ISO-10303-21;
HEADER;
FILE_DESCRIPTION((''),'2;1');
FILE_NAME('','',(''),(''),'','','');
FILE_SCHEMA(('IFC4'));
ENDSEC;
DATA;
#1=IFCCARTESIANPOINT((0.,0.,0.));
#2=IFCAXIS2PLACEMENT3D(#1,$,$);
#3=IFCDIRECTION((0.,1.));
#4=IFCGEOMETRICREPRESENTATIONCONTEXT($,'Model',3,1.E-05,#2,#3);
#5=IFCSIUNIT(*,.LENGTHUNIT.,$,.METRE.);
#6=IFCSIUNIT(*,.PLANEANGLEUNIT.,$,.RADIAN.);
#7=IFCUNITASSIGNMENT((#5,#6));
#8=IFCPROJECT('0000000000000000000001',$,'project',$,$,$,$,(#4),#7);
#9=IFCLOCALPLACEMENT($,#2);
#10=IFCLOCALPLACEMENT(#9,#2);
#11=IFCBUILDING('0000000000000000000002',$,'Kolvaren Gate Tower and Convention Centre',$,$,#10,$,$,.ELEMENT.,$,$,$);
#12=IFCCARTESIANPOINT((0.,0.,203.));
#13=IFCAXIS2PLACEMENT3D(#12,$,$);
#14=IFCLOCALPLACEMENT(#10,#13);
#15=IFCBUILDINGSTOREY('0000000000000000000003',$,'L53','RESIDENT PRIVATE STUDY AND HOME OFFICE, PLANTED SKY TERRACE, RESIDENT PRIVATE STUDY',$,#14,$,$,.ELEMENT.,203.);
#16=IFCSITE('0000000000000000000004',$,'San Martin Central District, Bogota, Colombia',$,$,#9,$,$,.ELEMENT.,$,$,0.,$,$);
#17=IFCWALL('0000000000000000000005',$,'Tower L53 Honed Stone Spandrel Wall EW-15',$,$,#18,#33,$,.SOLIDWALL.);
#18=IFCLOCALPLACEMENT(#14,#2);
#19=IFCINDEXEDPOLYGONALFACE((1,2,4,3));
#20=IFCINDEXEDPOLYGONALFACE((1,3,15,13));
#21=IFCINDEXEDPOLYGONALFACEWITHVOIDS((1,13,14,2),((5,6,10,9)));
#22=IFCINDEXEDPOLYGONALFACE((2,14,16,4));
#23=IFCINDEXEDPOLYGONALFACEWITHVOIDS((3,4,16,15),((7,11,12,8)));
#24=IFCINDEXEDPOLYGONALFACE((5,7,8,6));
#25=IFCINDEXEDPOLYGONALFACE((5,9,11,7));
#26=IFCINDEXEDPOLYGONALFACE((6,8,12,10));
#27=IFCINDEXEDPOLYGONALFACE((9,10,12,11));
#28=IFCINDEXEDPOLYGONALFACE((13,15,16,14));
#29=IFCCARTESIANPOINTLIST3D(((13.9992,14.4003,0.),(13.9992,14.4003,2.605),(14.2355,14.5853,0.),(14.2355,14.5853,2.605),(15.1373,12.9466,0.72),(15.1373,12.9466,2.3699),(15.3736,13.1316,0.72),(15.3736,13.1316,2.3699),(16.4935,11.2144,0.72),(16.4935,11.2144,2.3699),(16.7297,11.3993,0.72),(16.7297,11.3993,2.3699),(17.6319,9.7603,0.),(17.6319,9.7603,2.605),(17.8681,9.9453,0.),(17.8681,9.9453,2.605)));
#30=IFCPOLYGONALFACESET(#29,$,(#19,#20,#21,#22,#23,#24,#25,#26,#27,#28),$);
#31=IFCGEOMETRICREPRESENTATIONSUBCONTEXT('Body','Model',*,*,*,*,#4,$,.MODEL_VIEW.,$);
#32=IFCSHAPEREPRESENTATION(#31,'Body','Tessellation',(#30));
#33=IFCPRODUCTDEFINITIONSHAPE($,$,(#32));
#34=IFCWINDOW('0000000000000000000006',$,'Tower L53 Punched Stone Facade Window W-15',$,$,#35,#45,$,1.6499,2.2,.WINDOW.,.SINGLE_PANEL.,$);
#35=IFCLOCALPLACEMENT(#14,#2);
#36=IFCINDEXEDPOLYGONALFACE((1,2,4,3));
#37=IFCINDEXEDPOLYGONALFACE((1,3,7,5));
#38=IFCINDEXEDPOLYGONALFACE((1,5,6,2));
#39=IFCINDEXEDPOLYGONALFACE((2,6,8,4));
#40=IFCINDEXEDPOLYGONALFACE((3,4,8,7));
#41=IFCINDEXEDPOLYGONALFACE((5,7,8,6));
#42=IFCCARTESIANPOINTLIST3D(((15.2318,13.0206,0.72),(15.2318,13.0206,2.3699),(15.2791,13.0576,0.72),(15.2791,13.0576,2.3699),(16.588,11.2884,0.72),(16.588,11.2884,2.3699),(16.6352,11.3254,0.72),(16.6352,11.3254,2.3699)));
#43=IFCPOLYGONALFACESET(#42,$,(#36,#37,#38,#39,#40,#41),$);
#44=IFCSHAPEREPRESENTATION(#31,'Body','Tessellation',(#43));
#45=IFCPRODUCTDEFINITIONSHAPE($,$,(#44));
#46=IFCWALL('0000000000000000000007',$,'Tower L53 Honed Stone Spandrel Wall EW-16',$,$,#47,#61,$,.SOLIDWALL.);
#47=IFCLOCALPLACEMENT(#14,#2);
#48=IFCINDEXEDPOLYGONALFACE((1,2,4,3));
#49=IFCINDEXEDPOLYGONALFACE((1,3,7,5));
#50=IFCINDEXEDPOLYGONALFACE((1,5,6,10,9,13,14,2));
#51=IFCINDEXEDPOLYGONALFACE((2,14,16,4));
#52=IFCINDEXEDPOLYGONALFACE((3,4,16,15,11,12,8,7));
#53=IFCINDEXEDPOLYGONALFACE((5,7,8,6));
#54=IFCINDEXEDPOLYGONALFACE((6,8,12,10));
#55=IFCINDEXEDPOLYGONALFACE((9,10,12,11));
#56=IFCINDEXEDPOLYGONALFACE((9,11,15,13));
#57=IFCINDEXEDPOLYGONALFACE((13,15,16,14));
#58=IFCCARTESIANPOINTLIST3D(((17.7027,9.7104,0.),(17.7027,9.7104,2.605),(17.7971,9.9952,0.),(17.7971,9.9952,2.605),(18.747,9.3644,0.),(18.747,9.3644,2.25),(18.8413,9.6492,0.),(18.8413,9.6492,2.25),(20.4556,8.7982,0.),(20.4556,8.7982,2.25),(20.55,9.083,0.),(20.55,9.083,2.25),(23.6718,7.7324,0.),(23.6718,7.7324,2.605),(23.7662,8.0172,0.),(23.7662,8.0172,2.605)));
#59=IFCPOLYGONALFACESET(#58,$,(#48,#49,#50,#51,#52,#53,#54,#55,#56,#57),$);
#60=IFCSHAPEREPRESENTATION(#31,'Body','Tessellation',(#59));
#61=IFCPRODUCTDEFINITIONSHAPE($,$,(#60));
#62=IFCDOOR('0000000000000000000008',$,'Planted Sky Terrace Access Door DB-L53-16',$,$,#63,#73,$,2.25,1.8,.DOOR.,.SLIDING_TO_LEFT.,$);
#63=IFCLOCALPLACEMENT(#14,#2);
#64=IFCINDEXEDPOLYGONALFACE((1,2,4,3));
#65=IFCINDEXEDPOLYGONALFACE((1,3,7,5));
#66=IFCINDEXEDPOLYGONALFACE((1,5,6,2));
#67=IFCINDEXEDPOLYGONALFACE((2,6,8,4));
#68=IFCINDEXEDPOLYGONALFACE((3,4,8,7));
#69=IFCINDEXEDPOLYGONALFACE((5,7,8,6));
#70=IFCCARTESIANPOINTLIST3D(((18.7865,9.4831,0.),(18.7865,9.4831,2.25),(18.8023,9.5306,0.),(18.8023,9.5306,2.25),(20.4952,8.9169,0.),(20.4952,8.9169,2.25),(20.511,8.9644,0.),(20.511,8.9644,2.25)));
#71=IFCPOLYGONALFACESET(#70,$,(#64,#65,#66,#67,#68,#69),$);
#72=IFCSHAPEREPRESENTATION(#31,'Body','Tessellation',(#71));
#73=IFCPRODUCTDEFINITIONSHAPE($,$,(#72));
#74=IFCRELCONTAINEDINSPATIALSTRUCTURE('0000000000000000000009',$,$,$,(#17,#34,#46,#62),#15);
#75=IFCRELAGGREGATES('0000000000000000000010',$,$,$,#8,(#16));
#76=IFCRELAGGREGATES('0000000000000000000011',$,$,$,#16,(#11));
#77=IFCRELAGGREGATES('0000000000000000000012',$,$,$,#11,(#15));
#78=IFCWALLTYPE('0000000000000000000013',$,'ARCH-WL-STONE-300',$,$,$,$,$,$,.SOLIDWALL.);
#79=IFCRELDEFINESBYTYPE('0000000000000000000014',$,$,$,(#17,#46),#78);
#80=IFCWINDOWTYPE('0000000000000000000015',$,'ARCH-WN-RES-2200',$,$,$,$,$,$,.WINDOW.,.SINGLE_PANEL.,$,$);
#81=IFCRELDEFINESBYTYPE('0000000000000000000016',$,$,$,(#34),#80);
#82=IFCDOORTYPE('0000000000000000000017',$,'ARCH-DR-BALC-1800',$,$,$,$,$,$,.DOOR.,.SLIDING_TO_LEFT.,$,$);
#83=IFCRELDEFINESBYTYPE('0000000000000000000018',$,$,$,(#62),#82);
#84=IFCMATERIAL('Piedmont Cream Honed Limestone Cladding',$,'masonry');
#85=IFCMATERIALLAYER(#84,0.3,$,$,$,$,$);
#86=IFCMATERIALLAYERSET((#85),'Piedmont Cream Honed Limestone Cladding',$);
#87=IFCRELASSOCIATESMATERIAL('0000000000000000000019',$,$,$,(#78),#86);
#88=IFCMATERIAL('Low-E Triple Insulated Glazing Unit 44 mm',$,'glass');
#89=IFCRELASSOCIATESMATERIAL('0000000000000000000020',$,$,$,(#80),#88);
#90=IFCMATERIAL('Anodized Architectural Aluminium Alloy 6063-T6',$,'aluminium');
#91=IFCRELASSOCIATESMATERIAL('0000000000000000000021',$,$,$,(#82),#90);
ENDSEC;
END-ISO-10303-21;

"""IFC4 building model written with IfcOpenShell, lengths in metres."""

from ifc_helpers import new_model, si_unit, direction, frame, frame_2d, origin, place, context, subcontext, project, spatial, rectangle, extrude, material, layer, layer_set, type_object, element, fill, save


model = new_model("IFC4")

# Units and contexts
model_context = context("Model", 3, precision=1e-05, world=origin(), true_north=direction((0.0, 1.0)))
body_context = subcontext(model_context, "Body", "Model", "MODEL_VIEW")
ifc_project = project(units=[si_unit("LENGTHUNIT", "METRE"), si_unit("PLANEANGLEUNIT", "RADIAN")], contexts=[model_context])

# Site, building, storey
site_placement = place(None, origin())
site = spatial("IfcSite", under=ifc_project, at=site_placement, Name="San Martin Central District, Bogota, Colombia", CompositionType="ELEMENT", RefElevation=0.0)
building_placement = place(site_placement, origin())
building = spatial("IfcBuilding", under=site, at=building_placement, Name="Kolvaren Gate Tower and Convention Centre", CompositionType="ELEMENT")
storey_placement = place(building_placement, frame((0.0, 0.0, 203.0)))
storey = spatial("IfcBuildingStorey", under=building, at=storey_placement, Name="L53", Description="RESIDENT PRIVATE STUDY AND HOME OFFICE, PLANTED SKY TERRACE, RESIDENT PRIVATE STUDY", CompositionType="ELEMENT", Elevation=203.0)

# Shared definitions
ifc_material_1 = material(Name="Piedmont Cream Honed Limestone Cladding", Category="masonry")

# Wall, opening, window
ifc_layer_1 = layer(ifc_material_1, 0.3)
ifc_layer_set_1 = layer_set([ifc_layer_1], Name="Piedmont Cream Honed Limestone Cladding")
wall_type_1 = type_object("IfcWallType", Name="ARCH-WL-STONE-300", PredefinedType="SOLIDWALL", material=ifc_layer_set_1)
wall_1_placement = place(storey_placement, frame((14.1174, 14.4927, 0.0), z_axis=(0.0, 0.0, 1.0), x_axis=(0.61645, -0.787394, 0.0)))
wall_1 = element("IfcWall", 1, at=wall_1_placement, inside=storey, type_object=wall_type_1, Name="Tower L53 Honed Stone Spandrel Wall EW-15", PredefinedType="SOLIDWALL", context=body_context, shape_type="SweptSolid", body=[
    extrude(rectangle(XDim=5.8928, YDim=0.3, at=frame_2d((2.9463, 0.0))), origin(), (0.0, 0.0, 1.0), 2.605),
])
opening_1_placement = place(wall_1_placement, frame((1.8459, 0.0, 0.72)))
opening_1 = element("IfcOpeningElement", 2, at=opening_1_placement, cuts=wall_1, PredefinedType="OPENING", context=body_context, shape_type="SweptSolid", body=[
    extrude(rectangle(XDim=2.2, YDim=1.6499, at=frame_2d((1.1001, 0.825))), frame((0.0, 0.1599, 0.0), z_axis=(0.0, -1.0, 0.0), x_axis=(1.0, 0.0, 0.0)), (0.0, 0.0, 1.0), 0.3201),
])
ifc_material_2 = material(Name="Low-E Triple Insulated Glazing Unit 44 mm", Category="glass")
window_type = type_object("IfcWindowType", Name="ARCH-WN-RES-2200", PartitioningType="SINGLE_PANEL", PredefinedType="WINDOW", material=ifc_material_2)
window_placement = place(opening_1_placement, origin())
window = element("IfcWindow", 3, at=window_placement, inside=storey, type_object=window_type, Name="Tower L53 Punched Stone Facade Window W-15", OverallHeight=1.6499, OverallWidth=2.2, PartitioningType="SINGLE_PANEL", PredefinedType="WINDOW", context=body_context, shape_type="SweptSolid", body=[
    extrude(rectangle(XDim=2.2, YDim=1.6499, at=frame_2d((1.1001, 0.825))), frame((0.0, 0.03, 0.0), z_axis=(0.0, -1.0, 0.0), x_axis=(1.0, 0.0, 0.0)), (0.0, 0.0, 1.0), 0.0601),
])
fill(opening_1, window)

# Wall, opening, door
wall_2_placement = place(storey_placement, frame((17.75, 9.8528, 0.0), z_axis=(0.0, 0.0, 1.0), x_axis=(0.949241, -0.31455, 0.0)))
wall_2 = element("IfcWall", 4, at=wall_2_placement, inside=storey, type_object=wall_type_1, Name="Tower L53 Honed Stone Spandrel Wall EW-16", PredefinedType="SOLIDWALL", context=body_context, shape_type="SweptSolid", body=[
    extrude(rectangle(XDim=6.2883, YDim=0.3, at=frame_2d((3.144, 0.0))), origin(), (0.0, 0.0, 1.0), 2.605),
])
opening_2_placement = place(wall_2_placement, frame((1.1001, 0.0, 0.0)))
opening_2 = element("IfcOpeningElement", 5, at=opening_2_placement, cuts=wall_2, PredefinedType="OPENING", context=body_context, shape_type="SweptSolid", body=[
    extrude(rectangle(XDim=1.8, YDim=2.25, at=frame_2d((0.8999, 1.125))), frame((0.0, 0.1599, 0.0), z_axis=(0.0, -1.0, 0.0), x_axis=(1.0, 0.0, 0.0)), (0.0, 0.0, 1.0), 0.3201),
])
ifc_material_3 = material(Name="Anodized Architectural Aluminium Alloy 6063-T6", Category="aluminium")
door_type = type_object("IfcDoorType", Name="ARCH-DR-BALC-1800", OperationType="SLIDING_TO_LEFT", PredefinedType="DOOR", material=ifc_material_3)
door_placement = place(opening_2_placement, frame((1.8, 0.0, 0.0), z_axis=(0.0, 0.0, 1.0), x_axis=(-1.0, 0.0, 0.0)))
door = element("IfcDoor", 6, at=door_placement, inside=storey, type_object=door_type, Name="Planted Sky Terrace Access Door DB-L53-16", OperationType="SLIDING_TO_LEFT", OverallHeight=2.25, OverallWidth=1.8, PredefinedType="DOOR", context=body_context, shape_type="SweptSolid", body=[
    extrude(rectangle(XDim=1.8, YDim=2.25, at=frame_2d((0.8999, 1.125))), frame((0.0, 0.0249, 0.0), z_axis=(0.0, -1.0, 0.0), x_axis=(1.0, 0.0, 0.0)), (0.0, 0.0, 1.0), 0.05),
])
fill(opening_2, door)

save(model, "model.ifc")
